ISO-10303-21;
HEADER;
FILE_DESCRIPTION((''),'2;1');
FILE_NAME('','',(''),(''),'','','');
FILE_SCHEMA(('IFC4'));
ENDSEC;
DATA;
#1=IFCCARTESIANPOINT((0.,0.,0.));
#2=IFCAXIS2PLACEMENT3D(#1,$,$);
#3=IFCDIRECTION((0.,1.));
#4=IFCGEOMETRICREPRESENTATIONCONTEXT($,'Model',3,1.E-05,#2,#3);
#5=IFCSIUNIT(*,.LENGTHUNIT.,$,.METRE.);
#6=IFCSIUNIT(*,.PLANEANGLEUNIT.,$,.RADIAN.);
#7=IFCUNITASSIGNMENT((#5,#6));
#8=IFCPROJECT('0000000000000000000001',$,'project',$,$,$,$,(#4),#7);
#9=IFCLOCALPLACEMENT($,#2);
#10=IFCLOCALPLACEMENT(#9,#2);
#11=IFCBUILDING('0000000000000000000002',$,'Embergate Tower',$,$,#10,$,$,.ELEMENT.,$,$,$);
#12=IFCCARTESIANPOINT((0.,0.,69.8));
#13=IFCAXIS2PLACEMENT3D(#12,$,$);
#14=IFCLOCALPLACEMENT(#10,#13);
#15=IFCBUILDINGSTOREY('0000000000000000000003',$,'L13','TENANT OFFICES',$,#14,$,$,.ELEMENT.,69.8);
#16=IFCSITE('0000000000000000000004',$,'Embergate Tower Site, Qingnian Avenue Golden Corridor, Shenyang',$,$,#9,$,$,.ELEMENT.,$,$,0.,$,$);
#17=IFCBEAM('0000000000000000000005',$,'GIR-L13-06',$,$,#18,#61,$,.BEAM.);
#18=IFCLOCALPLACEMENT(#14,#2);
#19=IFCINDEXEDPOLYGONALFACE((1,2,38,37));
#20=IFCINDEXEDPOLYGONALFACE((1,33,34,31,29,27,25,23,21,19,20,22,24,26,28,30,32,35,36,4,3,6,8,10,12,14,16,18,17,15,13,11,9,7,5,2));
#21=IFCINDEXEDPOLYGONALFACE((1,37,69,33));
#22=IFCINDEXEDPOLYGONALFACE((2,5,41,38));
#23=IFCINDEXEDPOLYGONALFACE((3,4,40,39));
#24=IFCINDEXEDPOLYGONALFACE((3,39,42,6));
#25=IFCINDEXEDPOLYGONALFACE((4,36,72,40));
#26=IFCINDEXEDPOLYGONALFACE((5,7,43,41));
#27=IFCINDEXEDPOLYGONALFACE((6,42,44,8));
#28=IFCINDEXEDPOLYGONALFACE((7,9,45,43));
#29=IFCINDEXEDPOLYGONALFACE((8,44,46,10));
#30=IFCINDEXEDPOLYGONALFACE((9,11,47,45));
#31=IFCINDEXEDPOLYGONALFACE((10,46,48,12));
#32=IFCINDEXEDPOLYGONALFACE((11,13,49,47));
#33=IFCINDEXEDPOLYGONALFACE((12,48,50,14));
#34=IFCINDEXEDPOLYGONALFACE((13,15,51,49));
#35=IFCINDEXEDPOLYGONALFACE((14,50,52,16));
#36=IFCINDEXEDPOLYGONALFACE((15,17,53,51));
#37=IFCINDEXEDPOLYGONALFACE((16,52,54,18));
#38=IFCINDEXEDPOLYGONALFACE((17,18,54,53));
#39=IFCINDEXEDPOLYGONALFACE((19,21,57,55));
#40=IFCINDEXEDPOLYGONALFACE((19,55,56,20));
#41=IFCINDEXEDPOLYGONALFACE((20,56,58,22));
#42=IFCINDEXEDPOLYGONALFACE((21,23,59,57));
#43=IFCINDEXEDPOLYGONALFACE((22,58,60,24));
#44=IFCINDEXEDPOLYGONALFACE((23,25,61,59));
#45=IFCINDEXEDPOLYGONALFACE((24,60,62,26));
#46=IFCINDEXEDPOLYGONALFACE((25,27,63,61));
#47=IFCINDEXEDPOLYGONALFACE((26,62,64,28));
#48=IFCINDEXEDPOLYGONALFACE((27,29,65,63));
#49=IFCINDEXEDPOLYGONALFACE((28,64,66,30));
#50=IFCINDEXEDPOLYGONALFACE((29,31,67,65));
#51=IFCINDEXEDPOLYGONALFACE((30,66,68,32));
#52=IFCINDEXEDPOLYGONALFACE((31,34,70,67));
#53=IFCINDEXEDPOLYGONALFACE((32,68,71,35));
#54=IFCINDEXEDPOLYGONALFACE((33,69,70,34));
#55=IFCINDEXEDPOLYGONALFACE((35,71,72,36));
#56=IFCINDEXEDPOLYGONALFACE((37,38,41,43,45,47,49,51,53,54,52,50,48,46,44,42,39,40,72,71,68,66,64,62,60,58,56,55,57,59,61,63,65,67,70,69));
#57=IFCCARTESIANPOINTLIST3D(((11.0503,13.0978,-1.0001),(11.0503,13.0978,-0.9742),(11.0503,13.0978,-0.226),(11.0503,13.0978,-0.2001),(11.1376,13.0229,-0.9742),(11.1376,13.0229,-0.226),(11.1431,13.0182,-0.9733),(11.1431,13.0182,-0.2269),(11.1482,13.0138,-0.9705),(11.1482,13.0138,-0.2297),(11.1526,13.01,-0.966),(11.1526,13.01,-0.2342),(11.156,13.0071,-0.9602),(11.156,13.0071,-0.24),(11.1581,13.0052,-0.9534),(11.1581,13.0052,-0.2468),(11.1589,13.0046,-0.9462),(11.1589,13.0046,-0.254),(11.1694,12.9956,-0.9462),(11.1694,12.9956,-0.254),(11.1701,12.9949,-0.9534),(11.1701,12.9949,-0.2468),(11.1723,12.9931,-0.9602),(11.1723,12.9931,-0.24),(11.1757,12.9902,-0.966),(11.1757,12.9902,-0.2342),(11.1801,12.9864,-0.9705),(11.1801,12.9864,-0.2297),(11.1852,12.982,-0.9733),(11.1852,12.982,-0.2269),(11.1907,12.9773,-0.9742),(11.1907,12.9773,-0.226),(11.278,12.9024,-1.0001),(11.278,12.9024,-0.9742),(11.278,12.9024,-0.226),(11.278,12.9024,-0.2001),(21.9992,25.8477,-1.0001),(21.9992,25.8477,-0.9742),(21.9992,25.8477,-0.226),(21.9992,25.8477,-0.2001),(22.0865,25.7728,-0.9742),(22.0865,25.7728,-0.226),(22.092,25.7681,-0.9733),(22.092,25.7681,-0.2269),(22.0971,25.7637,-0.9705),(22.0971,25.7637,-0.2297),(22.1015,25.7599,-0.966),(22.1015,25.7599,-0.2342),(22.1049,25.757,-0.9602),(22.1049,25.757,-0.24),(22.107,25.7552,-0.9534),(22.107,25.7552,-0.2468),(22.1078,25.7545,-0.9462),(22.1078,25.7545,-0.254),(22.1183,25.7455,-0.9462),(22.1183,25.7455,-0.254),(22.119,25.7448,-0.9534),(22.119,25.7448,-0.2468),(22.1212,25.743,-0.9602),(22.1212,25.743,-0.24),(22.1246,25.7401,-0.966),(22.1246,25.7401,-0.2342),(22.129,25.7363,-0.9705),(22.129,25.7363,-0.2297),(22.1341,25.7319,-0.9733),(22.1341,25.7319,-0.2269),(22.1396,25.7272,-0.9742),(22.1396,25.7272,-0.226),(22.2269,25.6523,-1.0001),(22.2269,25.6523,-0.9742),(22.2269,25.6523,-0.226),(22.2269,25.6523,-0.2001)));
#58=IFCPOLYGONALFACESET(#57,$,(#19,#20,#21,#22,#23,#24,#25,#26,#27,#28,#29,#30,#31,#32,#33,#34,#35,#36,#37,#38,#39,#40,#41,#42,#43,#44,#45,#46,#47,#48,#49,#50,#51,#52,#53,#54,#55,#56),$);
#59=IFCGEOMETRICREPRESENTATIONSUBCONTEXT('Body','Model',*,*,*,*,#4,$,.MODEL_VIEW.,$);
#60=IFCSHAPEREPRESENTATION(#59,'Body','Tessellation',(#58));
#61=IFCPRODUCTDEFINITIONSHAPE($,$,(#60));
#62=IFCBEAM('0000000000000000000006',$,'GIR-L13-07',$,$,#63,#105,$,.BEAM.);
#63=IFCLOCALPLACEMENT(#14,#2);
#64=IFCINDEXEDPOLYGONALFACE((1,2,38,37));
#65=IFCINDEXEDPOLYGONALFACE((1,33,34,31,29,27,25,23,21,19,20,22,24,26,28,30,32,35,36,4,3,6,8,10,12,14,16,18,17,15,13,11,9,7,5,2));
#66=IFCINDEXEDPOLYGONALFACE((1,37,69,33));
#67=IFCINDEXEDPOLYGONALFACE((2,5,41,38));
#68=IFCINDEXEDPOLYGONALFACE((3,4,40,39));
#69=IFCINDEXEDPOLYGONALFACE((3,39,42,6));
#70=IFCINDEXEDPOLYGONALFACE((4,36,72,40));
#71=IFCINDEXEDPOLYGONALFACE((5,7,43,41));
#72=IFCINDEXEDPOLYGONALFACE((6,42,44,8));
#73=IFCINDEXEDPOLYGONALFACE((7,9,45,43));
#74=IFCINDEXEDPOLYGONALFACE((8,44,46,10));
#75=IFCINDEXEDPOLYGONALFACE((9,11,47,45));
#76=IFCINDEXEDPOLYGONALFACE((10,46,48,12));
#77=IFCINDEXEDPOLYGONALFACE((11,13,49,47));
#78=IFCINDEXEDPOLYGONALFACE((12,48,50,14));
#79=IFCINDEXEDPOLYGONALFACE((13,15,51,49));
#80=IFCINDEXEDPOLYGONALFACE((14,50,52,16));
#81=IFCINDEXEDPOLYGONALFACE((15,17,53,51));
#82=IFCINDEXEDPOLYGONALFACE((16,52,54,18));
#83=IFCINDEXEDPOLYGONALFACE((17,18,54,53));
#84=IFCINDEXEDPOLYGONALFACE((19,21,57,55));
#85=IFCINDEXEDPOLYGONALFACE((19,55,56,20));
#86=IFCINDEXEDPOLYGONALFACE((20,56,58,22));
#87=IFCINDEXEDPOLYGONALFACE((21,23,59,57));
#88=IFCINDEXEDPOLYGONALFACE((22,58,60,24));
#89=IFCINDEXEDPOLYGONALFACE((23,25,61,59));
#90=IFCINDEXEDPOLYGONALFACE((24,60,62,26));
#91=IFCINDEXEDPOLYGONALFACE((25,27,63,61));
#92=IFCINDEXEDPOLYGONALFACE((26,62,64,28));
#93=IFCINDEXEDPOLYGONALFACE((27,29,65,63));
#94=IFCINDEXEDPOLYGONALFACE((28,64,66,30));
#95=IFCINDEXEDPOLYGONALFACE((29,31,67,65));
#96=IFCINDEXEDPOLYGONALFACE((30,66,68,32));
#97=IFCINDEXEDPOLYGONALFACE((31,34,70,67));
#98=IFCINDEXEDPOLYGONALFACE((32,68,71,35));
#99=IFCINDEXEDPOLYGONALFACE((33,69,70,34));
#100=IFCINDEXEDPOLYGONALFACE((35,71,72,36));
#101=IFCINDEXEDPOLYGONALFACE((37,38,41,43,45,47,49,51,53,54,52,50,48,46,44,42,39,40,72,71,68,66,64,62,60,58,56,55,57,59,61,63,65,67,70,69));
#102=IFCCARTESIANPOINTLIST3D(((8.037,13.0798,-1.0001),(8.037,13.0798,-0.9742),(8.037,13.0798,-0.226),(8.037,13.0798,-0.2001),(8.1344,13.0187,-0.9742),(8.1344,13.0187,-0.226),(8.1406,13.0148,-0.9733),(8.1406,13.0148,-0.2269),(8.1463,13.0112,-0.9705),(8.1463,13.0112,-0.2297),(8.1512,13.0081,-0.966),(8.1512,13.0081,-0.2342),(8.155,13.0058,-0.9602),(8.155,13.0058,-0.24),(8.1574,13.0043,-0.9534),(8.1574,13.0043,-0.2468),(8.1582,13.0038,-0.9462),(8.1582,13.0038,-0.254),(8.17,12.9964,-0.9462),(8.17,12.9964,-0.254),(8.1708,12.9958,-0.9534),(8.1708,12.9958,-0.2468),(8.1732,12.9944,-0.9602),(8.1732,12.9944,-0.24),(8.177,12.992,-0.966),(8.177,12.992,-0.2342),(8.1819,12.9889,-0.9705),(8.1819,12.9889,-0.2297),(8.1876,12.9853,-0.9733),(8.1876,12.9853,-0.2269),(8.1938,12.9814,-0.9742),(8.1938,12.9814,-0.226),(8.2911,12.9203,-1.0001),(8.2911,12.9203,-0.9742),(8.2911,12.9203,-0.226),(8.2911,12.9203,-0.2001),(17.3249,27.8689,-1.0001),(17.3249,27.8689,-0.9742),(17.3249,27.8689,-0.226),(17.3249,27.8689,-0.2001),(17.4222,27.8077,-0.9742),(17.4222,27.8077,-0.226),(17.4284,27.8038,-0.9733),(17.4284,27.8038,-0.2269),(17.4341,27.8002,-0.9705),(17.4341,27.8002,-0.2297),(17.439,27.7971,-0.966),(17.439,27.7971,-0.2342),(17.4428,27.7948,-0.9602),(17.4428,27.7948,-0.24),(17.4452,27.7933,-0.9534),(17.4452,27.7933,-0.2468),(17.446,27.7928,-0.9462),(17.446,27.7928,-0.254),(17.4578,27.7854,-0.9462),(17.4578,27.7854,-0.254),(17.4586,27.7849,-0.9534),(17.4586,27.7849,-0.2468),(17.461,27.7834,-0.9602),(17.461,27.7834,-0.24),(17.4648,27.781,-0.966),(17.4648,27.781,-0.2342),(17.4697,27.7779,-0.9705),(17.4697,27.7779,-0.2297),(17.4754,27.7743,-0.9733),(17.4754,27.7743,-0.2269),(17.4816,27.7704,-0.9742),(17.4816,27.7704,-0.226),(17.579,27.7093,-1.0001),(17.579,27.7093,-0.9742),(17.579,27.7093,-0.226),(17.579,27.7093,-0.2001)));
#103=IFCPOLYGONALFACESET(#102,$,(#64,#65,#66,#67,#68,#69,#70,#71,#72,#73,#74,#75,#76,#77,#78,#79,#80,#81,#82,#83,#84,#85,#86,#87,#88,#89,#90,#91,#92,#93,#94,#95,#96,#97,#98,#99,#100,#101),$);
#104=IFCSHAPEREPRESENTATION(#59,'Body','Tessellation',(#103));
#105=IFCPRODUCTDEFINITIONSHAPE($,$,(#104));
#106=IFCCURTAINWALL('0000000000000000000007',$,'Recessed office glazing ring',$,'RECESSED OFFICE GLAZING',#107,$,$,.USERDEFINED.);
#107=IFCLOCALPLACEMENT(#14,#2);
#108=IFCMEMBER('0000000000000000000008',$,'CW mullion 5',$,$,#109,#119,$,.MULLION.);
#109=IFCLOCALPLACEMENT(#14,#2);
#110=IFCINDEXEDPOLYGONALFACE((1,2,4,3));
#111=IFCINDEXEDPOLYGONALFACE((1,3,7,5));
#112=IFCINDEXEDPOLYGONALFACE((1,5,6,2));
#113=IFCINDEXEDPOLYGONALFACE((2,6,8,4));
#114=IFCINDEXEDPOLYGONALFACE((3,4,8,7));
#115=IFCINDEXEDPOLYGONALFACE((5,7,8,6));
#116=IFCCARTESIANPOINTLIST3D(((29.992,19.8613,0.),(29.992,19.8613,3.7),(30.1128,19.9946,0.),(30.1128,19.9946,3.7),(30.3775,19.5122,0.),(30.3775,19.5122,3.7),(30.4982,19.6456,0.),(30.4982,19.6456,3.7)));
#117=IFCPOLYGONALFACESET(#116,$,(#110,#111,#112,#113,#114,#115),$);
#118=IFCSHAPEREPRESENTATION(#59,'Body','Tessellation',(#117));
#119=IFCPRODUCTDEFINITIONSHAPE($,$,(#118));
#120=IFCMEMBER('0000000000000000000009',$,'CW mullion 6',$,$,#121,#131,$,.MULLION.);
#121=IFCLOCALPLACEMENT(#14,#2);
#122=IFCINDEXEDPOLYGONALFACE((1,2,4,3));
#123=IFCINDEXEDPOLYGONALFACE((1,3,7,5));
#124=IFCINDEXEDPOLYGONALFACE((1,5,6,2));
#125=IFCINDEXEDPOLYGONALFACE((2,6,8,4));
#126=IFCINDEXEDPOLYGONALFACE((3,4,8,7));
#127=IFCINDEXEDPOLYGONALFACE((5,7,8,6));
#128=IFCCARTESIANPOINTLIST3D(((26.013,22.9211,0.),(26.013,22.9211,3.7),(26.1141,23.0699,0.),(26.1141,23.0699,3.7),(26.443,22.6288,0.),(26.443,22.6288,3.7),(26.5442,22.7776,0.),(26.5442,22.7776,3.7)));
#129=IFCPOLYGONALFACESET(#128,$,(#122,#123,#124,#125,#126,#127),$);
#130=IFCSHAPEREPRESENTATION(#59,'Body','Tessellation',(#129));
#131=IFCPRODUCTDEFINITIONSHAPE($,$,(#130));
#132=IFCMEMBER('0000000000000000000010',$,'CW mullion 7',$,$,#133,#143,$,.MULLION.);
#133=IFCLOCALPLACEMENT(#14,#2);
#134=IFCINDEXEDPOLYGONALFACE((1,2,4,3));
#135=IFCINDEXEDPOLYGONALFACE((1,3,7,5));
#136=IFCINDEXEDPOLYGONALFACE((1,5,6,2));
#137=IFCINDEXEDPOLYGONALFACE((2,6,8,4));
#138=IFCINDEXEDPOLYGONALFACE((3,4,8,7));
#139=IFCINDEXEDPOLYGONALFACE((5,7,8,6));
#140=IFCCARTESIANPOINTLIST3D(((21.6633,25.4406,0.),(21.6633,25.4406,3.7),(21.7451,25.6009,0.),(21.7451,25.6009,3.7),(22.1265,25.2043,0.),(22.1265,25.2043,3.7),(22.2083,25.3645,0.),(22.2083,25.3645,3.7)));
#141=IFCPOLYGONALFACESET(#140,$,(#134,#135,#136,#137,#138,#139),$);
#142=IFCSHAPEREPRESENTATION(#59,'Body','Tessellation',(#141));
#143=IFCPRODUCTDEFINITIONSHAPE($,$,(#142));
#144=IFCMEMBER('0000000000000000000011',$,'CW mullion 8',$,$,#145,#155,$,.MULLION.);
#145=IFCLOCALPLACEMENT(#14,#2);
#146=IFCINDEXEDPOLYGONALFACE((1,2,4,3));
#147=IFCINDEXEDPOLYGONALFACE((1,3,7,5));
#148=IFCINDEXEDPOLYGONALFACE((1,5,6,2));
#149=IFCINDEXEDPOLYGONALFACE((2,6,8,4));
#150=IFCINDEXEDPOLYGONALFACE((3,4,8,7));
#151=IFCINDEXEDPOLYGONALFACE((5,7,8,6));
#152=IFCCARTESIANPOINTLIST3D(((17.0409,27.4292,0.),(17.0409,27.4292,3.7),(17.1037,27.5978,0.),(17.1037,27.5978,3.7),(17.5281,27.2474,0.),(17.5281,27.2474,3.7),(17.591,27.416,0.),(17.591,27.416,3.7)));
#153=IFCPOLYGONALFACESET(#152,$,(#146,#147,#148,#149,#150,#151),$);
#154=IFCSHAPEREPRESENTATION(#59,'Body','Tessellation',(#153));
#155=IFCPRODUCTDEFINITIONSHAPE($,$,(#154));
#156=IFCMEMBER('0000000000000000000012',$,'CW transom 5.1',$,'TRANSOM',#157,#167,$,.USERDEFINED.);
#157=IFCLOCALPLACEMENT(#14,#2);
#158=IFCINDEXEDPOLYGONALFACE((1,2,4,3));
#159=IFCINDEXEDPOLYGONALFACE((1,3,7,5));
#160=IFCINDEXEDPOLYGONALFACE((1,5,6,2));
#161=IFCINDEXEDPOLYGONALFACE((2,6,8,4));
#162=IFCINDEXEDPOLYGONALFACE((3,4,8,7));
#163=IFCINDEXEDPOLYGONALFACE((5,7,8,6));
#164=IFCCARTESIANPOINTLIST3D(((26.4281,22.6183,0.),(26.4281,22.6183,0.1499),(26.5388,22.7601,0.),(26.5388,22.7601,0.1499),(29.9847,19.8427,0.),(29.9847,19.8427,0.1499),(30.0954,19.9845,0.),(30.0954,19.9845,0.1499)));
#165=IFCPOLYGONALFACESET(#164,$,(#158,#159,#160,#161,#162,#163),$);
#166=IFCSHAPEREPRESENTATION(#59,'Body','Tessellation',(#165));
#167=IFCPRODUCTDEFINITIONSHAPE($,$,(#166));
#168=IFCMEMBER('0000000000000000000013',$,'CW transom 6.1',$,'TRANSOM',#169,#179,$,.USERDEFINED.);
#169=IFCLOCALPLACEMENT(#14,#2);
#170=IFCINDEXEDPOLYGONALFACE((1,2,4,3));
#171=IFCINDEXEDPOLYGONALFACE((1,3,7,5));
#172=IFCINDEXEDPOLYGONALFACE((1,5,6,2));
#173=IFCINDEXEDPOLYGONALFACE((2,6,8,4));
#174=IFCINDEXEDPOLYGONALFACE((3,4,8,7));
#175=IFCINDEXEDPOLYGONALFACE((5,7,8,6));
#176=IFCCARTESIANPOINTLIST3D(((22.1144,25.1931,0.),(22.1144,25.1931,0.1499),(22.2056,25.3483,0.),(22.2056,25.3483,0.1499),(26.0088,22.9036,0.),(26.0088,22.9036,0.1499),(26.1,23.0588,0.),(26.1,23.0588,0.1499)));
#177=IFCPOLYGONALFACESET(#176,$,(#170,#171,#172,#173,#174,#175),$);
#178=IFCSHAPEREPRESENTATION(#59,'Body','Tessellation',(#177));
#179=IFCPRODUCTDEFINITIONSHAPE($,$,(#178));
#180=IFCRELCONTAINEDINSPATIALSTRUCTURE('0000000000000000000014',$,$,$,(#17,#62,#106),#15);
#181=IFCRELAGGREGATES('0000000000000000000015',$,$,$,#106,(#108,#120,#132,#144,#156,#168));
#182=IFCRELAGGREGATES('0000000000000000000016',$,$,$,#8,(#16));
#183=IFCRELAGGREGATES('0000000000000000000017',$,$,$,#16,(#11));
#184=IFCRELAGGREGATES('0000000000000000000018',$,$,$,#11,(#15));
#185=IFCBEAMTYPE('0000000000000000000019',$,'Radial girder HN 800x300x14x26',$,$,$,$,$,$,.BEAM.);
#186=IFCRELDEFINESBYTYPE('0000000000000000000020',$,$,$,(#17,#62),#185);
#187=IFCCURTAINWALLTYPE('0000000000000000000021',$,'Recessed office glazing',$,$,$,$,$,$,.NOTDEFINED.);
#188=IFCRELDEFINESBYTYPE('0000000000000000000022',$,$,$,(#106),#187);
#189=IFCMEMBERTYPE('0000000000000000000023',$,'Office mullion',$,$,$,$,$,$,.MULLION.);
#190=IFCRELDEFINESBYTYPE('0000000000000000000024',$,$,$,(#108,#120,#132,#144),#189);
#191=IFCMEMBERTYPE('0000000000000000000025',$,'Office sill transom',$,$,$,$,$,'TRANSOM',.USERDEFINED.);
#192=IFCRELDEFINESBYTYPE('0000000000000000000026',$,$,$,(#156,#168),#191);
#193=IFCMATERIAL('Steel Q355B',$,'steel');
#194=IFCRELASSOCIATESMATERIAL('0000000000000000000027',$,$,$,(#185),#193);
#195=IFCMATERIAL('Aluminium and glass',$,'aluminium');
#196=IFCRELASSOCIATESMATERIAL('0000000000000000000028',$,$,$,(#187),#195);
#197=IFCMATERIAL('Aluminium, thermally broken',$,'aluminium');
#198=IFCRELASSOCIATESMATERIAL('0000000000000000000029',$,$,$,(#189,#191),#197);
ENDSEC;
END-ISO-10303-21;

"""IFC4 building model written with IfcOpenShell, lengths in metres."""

from ifc_helpers import new_model, si_unit, direction, frame, origin, origin_2d, place, context, subcontext, project, spatial, rectangle, i_section, extrude, source, transform, mapped, material, material_profile, profile_set, type_object, element, aggregate, save


model = new_model("IFC4")

# Units and contexts
model_context = context("Model", 3, precision=1e-05, world=origin(), true_north=direction((0.0, 1.0)))
body_context = subcontext(model_context, "Body", "Model", "MODEL_VIEW")
ifc_project = project(units=[si_unit("LENGTHUNIT", "METRE"), si_unit("PLANEANGLEUNIT", "RADIAN")], contexts=[model_context])

# Site, building, storey
site_placement = place(None, origin())
site = spatial("IfcSite", under=ifc_project, at=site_placement, Name="Embergate Tower Site, Qingnian Avenue Golden Corridor, Shenyang", CompositionType="ELEMENT", RefElevation=0.0)
building_placement = place(site_placement, origin())
building = spatial("IfcBuilding", under=site, at=building_placement, Name="Embergate Tower", CompositionType="ELEMENT")
storey_placement = place(building_placement, frame((0.0, 0.0, 69.8)))
storey = spatial("IfcBuildingStorey", under=building, at=storey_placement, Name="L13", Description="TENANT OFFICES", CompositionType="ELEMENT", Elevation=69.8)

# Beams
ifc_material_1 = material(Name="Steel Q355B", Category="steel")
ifc_material_profile_1 = material_profile(ifc_material_1, i_section(OverallWidth=0.3, OverallDepth=0.8, WebThickness=0.0139, FlangeThickness=0.0259, FilletRadius=0.0281, at=origin_2d()), Name="HN 800x300x14x26")
ifc_profile_set_1 = profile_set([ifc_material_profile_1], Name="Steel Q355 grade B")
beam_type_1 = type_object("IfcBeamType", Name="Radial girder HN 800x300x14x26", PredefinedType="BEAM", material=ifc_profile_set_1)
shared_shape_1 = source(origin(), body_context, "Body", "SweptSolid", [
    extrude(i_section(OverallWidth=0.3, OverallDepth=0.8, WebThickness=0.0139, FlangeThickness=0.0259, FilletRadius=0.0281, at=origin_2d()), origin(), (0.0, 0.0, 1.0), 16.8059),
])
beam_1_placement = place(storey_placement, frame((22.113, 25.75, -0.6001), z_axis=(-0.651491, -0.758656, 0.0), x_axis=(0.758656, -0.651491, 0.0)))
element("IfcBeam", 1, at=beam_1_placement, inside=storey, type_object=beam_type_1, Name="GIR-L13-06", PredefinedType="BEAM", context=body_context, shape_type="MappedRepresentation", body=[
    mapped(shared_shape_1, transform((0.0, 0.0, 0.0))),
])
shared_shape_2 = source(origin(), body_context, "Body", "SweptSolid", [
    extrude(i_section(OverallWidth=0.3, OverallDepth=0.8, WebThickness=0.0139, FlangeThickness=0.0259, FilletRadius=0.0281, at=origin_2d()), origin(), (0.0, 0.0, 1.0), 17.4636),
])
beam_2_placement = place(storey_placement, frame((17.4519, 27.7891, -0.6001), z_axis=(-0.531837, -0.846847, 0.0), x_axis=(0.846847, -0.531837, 0.0)))
element("IfcBeam", 2, at=beam_2_placement, inside=storey, type_object=beam_type_1, Name="GIR-L13-07", PredefinedType="BEAM", context=body_context, shape_type="MappedRepresentation", body=[
    mapped(shared_shape_2, transform((0.0, 0.0, 0.0))),
])

# Curtain wall, members
ifc_material_2 = material(Name="Aluminium and glass", Category="aluminium")
curtain_wall_type = type_object("IfcCurtainWallType", Name="Recessed office glazing", PredefinedType="NOTDEFINED", material=ifc_material_2)
curtain_wall_placement = place(storey_placement, origin())
curtain_wall = element("IfcCurtainWall", 3, at=curtain_wall_placement, inside=storey, type_object=curtain_wall_type, Name="Recessed office glazing ring", ObjectType="RECESSED OFFICE GLAZING", PredefinedType="USERDEFINED")
ifc_material_3 = material(Name="Aluminium, thermally broken", Category="aluminium")
ifc_material_profile_2 = material_profile(ifc_material_3, rectangle(XDim=0.1799, YDim=0.52, at=origin_2d()), Name="AL 520x180")
ifc_profile_set_2 = profile_set([ifc_material_profile_2], Name="Aluminium, thermally broken")
member_type_1 = type_object("IfcMemberType", Name="Office mullion", PredefinedType="MULLION", material=ifc_profile_set_2)
shared_shape_3 = source(origin(), body_context, "Body", "SweptSolid", [
    extrude(rectangle(XDim=0.1799, YDim=0.52, at=origin_2d()), origin(), (0.0, 0.0, 1.0), 3.7),
])
member_1_placement = place(storey_placement, frame((30.2451, 19.7534, 0.0), z_axis=(0.0, 0.0, 1.0), x_axis=(-0.671234, -0.741245, 0.0)))
member_1 = element("IfcMember", 4, at=member_1_placement, type_object=member_type_1, Name="CW mullion 5", PredefinedType="MULLION", context=body_context, shape_type="MappedRepresentation", body=[
    mapped(shared_shape_3, transform((0.0, 0.0, 0.0))),
])
member_2_placement = place(storey_placement, frame((26.2786, 22.8494, 0.0), z_axis=(0.0, 0.0, 1.0), x_axis=(-0.562223, -0.826985, 0.0)))
member_2 = element("IfcMember", 5, at=member_2_placement, type_object=member_type_1, Name="CW mullion 6", PredefinedType="MULLION", context=body_context, shape_type="MappedRepresentation", body=[
    mapped(shared_shape_3, transform((0.0, 0.0, 0.0))),
])
member_3_placement = place(storey_placement, frame((21.9358, 25.4026, 0.0), z_axis=(0.0, 0.0, 1.0), x_axis=(-0.454516, -0.890739, 0.0)))
member_3 = element("IfcMember", 6, at=member_3_placement, type_object=member_type_1, Name="CW mullion 7", PredefinedType="MULLION", context=body_context, shape_type="MappedRepresentation", body=[
    mapped(shared_shape_3, transform((0.0, 0.0, 0.0))),
])
member_4_placement = place(storey_placement, frame((17.3159, 27.4226, 0.0), z_axis=(0.0, 0.0, 1.0), x_axis=(-0.349508, -0.936934, 0.0)))
member_4 = element("IfcMember", 7, at=member_4_placement, type_object=member_type_1, Name="CW mullion 8", PredefinedType="MULLION", context=body_context, shape_type="MappedRepresentation", body=[
    mapped(shared_shape_3, transform((0.0, 0.0, 0.0))),
])
ifc_material_profile_3 = material_profile(ifc_material_3, rectangle(XDim=0.1799, YDim=0.1499, at=origin_2d()), Name="AL 150x180")
ifc_profile_set_3 = profile_set([ifc_material_profile_3], Name="Aluminium, thermally broken")
member_type_2 = type_object("IfcMemberType", Name="Office sill transom", ElementType="TRANSOM", PredefinedType="USERDEFINED", material=ifc_profile_set_3)
shared_shape_4 = source(origin(), body_context, "Body", "SweptSolid", [
    extrude(rectangle(XDim=0.1799, YDim=0.1499, at=origin_2d()), origin(), (0.0, 0.0, 1.0), 4.5115),
])
member_5_placement = place(storey_placement, frame((30.04, 19.9136, 0.075), z_axis=(-0.788346, 0.615232, 0.0), x_axis=(-0.615232, -0.788346, 0.0)))
member_5 = element("IfcMember", 8, at=member_5_placement, type_object=member_type_2, Name="CW transom 5.1", ObjectType="TRANSOM", PredefinedType="USERDEFINED", context=body_context, shape_type="MappedRepresentation", body=[
    mapped(shared_shape_4, transform((0.0, 0.0, 0.0))),
])
shared_shape_5 = source(origin(), body_context, "Body", "SweptSolid", [
    extrude(rectangle(XDim=0.1799, YDim=0.1499, at=origin_2d()), origin(), (0.0, 0.0, 1.0), 4.5176),
])
member_6_placement = place(storey_placement, frame((26.0544, 22.9812, 0.075), z_axis=(-0.862065, 0.506798, 0.0), x_axis=(-0.506798, -0.862065, 0.0)))
member_6 = element("IfcMember", 9, at=member_6_placement, type_object=member_type_2, Name="CW transom 6.1", ObjectType="TRANSOM", PredefinedType="USERDEFINED", context=body_context, shape_type="MappedRepresentation", body=[
    mapped(shared_shape_5, transform((0.0, 0.0, 0.0))),
])
aggregate(curtain_wall, [member_1, member_2, member_3, member_4, member_5, member_6])

save(model, "model.ifc")
